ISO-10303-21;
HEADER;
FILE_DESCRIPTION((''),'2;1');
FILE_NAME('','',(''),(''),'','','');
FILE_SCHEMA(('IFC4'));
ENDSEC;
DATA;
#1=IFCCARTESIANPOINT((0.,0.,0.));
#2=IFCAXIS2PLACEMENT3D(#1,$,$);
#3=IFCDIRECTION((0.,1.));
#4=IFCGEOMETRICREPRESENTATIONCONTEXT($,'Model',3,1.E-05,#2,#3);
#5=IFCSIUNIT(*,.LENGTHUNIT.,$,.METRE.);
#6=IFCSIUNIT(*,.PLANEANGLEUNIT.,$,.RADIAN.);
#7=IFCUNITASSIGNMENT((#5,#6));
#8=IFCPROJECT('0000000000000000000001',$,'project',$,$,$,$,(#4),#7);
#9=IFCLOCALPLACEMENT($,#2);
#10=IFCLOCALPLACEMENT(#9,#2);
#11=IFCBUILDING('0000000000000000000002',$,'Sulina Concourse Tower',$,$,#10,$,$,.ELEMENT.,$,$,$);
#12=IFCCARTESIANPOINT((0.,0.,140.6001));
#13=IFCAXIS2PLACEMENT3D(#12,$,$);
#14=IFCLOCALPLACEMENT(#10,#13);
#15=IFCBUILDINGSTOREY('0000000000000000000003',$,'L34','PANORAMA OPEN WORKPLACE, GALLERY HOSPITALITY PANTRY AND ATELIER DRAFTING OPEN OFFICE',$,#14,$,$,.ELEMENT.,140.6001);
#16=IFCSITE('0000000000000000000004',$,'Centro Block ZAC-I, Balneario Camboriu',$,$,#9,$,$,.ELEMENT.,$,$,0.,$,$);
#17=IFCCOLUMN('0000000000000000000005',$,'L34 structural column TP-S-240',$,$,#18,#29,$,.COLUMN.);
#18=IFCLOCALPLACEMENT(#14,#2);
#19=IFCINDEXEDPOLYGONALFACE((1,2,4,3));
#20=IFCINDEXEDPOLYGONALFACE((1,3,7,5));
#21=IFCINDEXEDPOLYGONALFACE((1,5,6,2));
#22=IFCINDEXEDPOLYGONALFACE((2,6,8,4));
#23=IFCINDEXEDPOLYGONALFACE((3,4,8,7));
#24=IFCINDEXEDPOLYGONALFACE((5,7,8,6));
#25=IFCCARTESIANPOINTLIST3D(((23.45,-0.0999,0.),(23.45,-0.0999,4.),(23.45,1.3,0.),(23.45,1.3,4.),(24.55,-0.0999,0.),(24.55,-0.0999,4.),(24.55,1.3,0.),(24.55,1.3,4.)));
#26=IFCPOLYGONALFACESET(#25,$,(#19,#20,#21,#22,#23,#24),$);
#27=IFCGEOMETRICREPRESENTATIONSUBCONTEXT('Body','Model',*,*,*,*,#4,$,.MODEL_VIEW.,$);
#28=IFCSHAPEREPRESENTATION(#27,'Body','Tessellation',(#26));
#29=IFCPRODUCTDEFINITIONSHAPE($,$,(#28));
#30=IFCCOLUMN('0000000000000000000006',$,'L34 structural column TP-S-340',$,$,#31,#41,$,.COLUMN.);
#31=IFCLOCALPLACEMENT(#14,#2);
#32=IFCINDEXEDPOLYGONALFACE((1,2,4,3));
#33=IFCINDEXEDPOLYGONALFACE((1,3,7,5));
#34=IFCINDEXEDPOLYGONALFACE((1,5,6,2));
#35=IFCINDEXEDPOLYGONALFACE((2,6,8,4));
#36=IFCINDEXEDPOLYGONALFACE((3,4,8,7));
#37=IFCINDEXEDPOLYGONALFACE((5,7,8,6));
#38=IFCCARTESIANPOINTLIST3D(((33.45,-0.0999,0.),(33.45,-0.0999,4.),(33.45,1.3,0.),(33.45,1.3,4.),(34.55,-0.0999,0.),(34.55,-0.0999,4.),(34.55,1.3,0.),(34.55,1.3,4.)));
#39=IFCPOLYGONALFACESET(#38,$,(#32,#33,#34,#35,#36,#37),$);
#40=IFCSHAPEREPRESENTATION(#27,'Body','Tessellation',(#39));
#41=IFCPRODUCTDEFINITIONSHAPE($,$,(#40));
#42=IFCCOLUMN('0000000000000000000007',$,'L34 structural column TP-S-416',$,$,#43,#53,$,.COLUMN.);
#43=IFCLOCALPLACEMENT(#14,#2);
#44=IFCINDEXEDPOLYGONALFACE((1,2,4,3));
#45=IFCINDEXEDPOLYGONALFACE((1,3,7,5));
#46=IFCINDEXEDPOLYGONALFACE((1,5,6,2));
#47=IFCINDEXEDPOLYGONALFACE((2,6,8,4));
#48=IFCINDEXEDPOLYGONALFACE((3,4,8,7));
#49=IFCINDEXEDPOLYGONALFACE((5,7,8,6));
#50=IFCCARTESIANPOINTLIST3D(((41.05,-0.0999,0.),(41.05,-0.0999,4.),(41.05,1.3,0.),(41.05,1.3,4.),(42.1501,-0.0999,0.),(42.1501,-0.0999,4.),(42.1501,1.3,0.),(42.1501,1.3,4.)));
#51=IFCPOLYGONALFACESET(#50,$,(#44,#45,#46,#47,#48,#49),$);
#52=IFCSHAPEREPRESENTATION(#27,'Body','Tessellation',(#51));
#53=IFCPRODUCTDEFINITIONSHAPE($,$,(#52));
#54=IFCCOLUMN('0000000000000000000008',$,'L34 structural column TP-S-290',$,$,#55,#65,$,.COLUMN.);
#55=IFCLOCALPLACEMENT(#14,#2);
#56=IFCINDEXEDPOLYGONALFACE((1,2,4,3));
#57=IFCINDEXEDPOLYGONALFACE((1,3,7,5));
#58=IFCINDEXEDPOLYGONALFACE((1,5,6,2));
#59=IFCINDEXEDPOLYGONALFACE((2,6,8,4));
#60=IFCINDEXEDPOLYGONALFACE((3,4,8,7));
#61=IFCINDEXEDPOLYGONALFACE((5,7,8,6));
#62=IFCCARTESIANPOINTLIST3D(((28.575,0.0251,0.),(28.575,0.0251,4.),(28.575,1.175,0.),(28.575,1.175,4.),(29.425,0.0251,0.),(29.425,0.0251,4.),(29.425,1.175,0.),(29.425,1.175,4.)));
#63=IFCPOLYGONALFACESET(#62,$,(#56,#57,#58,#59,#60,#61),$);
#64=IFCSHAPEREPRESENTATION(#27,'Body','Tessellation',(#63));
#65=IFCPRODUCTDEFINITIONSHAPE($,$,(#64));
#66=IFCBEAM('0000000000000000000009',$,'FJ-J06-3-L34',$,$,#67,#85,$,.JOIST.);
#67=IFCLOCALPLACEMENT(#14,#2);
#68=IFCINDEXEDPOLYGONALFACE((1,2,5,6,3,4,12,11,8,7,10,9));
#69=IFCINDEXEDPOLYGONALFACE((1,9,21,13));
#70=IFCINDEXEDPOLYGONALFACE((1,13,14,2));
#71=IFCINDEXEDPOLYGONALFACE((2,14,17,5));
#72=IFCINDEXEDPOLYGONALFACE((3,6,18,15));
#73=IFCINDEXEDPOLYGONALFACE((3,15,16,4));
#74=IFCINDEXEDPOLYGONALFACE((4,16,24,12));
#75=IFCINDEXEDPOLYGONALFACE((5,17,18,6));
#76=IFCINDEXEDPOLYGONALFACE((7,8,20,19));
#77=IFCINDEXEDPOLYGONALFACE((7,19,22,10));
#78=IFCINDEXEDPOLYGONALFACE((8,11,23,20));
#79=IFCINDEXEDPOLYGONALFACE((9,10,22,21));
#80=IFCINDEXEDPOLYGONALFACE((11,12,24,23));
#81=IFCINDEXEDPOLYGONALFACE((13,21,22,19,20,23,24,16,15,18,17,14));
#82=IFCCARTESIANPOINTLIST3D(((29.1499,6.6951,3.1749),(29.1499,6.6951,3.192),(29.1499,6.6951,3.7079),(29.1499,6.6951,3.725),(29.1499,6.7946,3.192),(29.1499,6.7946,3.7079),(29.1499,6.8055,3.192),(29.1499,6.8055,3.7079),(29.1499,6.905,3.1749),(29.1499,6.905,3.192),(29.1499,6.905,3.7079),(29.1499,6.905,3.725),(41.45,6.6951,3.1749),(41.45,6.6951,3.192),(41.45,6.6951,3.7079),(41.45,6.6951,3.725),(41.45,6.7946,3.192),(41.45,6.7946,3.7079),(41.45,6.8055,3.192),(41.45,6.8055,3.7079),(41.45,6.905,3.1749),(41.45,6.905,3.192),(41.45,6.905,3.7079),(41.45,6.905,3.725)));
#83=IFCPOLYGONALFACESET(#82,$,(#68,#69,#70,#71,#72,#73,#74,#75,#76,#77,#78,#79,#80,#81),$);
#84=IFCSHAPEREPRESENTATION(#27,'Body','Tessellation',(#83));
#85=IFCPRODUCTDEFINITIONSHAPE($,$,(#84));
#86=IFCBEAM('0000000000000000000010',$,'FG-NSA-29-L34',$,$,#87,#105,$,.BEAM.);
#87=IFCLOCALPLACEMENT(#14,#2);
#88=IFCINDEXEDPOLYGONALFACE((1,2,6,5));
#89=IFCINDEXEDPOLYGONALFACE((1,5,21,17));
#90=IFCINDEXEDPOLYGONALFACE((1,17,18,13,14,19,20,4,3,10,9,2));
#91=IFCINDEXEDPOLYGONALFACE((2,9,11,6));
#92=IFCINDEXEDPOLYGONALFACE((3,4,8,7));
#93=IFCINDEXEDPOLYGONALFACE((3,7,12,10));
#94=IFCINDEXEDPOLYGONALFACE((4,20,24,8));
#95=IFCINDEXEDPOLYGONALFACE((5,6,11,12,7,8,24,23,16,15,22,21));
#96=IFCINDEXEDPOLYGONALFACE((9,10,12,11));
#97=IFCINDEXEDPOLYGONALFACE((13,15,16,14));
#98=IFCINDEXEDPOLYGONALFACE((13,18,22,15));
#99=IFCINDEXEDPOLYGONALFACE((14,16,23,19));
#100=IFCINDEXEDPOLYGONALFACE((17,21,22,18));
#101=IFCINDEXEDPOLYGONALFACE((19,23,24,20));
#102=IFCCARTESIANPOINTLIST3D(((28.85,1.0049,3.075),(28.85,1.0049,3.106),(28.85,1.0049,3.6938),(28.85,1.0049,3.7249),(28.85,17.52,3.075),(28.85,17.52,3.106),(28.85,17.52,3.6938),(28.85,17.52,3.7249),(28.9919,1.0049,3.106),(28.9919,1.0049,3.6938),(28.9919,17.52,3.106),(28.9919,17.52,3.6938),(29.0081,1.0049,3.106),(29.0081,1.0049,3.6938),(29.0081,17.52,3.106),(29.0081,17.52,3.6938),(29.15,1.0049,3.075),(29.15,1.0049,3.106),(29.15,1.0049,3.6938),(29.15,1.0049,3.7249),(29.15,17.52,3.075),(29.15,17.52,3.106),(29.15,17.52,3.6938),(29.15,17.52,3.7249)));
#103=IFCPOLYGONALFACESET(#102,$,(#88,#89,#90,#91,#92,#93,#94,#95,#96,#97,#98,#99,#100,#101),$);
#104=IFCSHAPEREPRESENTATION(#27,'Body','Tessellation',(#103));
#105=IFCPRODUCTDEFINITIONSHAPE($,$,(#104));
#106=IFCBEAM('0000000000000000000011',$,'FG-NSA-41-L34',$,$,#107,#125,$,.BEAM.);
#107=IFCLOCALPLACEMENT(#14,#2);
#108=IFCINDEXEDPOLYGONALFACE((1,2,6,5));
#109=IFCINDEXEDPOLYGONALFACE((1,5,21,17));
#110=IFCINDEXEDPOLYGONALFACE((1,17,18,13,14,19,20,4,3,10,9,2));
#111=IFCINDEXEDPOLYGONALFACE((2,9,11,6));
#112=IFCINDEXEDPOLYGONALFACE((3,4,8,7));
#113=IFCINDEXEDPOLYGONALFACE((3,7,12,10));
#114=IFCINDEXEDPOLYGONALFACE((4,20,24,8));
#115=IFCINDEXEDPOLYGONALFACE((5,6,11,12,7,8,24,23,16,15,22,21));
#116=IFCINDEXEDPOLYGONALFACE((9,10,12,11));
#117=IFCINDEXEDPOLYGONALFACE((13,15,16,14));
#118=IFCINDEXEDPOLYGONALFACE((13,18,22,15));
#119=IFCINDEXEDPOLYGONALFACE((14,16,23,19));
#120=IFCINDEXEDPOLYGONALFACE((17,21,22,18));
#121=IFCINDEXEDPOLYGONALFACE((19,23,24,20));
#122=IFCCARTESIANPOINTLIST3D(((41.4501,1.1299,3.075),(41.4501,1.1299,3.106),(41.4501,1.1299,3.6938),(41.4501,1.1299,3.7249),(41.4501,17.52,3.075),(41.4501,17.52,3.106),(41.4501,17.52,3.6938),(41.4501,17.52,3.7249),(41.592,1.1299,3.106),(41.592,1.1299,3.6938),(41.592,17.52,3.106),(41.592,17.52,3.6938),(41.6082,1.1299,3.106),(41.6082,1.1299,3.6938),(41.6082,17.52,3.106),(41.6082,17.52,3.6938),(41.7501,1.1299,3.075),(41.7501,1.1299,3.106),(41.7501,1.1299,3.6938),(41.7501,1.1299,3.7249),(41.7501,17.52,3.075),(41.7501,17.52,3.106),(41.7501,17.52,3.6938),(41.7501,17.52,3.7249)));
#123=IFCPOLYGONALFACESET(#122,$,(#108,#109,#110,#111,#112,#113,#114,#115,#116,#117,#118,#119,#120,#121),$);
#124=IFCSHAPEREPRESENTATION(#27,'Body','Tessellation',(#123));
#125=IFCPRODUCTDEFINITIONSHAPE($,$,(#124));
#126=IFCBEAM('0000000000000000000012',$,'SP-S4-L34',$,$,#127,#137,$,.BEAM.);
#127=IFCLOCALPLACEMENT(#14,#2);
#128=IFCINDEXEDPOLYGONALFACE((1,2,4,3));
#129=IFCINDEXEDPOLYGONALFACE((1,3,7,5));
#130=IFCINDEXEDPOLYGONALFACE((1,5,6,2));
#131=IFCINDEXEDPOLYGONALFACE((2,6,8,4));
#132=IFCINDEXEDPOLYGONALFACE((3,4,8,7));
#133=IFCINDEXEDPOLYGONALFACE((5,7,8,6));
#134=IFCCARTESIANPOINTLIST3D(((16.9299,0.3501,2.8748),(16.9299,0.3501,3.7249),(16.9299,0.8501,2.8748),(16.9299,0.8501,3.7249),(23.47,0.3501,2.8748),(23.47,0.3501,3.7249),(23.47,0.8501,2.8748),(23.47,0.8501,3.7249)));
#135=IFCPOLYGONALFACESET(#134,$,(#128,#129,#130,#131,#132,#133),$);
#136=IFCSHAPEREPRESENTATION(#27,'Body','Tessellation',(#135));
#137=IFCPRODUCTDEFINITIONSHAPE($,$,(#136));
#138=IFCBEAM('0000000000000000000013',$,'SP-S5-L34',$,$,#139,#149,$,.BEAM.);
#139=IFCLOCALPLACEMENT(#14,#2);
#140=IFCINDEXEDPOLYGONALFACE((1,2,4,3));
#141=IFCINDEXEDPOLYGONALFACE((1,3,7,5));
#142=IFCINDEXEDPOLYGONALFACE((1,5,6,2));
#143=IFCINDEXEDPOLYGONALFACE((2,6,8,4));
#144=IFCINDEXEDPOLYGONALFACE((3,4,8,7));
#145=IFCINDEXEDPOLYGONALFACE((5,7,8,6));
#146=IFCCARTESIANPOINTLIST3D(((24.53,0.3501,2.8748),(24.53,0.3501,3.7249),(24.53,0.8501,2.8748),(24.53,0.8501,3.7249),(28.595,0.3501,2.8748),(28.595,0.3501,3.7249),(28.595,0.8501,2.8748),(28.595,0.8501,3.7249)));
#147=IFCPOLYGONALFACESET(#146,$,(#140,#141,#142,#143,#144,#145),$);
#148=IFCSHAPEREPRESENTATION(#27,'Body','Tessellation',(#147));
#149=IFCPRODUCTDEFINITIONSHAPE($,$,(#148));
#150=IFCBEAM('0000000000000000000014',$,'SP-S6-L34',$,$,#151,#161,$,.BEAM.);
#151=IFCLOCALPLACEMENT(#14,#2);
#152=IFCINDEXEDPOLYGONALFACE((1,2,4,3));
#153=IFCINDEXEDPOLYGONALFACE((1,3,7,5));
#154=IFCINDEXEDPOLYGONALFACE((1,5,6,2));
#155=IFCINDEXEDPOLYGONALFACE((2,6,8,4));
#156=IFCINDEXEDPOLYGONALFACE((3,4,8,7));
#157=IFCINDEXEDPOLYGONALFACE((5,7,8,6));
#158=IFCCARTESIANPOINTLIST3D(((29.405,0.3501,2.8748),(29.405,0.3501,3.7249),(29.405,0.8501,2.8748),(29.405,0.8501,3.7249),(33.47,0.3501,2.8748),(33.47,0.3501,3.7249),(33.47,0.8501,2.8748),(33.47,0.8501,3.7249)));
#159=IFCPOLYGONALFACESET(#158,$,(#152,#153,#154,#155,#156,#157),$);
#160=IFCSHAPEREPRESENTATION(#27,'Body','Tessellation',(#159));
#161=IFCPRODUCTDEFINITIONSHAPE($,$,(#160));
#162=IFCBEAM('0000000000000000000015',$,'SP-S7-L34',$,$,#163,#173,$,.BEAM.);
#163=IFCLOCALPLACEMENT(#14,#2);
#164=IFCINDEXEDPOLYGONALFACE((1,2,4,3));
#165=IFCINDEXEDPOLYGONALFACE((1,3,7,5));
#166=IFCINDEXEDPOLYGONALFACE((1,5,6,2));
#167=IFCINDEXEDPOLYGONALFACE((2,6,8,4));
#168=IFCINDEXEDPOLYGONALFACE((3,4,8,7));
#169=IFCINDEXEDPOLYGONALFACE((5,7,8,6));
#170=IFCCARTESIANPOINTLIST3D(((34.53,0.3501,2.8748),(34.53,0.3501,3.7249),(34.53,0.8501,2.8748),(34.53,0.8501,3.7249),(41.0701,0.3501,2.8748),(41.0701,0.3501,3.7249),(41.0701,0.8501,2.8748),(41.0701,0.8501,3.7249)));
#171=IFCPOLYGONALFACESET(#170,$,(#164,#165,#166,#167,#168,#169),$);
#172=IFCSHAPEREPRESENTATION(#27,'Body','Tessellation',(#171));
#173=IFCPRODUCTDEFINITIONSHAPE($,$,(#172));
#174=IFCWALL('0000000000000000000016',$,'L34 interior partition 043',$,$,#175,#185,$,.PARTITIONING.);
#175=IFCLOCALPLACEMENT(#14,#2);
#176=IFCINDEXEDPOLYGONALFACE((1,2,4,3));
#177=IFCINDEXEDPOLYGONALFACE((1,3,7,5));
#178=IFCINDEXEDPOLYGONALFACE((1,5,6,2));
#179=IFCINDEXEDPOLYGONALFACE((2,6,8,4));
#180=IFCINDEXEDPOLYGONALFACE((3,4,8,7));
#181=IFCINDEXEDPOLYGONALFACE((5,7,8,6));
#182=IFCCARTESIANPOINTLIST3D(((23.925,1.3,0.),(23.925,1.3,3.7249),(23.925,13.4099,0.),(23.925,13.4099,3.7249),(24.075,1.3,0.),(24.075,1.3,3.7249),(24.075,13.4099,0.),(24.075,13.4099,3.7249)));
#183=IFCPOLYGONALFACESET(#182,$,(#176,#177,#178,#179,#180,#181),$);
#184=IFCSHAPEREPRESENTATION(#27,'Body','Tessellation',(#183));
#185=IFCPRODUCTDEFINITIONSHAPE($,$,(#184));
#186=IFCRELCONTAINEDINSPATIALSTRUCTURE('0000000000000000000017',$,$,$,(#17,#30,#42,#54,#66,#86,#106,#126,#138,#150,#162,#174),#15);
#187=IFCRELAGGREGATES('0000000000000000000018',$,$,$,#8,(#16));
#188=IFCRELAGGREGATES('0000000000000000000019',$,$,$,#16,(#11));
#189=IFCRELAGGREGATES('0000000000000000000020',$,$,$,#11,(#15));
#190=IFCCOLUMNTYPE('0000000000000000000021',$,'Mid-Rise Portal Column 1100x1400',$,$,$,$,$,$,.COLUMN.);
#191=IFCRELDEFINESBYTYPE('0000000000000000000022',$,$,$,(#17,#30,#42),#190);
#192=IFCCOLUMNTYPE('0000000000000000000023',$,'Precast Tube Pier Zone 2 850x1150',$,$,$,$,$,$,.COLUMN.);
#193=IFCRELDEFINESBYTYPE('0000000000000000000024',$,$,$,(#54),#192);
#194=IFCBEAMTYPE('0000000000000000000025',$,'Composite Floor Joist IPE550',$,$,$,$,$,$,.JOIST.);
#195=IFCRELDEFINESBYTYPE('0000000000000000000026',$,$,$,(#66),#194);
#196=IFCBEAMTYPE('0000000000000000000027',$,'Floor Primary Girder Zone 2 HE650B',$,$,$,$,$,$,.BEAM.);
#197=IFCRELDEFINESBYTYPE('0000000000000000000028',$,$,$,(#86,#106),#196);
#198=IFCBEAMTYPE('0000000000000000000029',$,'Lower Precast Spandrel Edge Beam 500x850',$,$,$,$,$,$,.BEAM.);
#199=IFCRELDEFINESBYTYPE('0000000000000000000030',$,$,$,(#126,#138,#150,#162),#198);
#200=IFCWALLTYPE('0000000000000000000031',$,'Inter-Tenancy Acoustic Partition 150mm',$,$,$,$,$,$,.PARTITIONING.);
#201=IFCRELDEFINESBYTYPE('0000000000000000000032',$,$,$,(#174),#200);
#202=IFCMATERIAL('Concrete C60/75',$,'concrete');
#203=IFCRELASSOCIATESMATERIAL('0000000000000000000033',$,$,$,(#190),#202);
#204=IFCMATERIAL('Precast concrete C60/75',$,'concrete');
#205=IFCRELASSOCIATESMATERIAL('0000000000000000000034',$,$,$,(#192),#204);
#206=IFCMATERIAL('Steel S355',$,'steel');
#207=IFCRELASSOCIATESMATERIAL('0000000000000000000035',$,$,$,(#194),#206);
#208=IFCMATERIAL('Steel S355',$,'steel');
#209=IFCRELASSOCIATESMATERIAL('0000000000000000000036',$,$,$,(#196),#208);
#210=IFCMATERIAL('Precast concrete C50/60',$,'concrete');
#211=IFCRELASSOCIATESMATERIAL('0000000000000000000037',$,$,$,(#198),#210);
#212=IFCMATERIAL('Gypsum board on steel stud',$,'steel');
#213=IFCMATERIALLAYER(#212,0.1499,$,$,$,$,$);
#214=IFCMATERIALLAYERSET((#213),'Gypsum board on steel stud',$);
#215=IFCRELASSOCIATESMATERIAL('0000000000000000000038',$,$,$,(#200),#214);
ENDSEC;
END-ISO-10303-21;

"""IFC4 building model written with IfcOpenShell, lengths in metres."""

from ifc_helpers import new_model, si_unit, direction, frame, frame_2d, origin, origin_2d, place, context, subcontext, project, spatial, rectangle, i_section, extrude, material, layer, layer_set, material_profile, profile_set, type_object, element, save


model = new_model("IFC4")

# Units and contexts
model_context = context("Model", 3, precision=1e-05, world=origin(), true_north=direction((0.0, 1.0)))
body_context = subcontext(model_context, "Body", "Model", "MODEL_VIEW")
ifc_project = project(units=[si_unit("LENGTHUNIT", "METRE"), si_unit("PLANEANGLEUNIT", "RADIAN")], contexts=[model_context])

# Site, building, storey
site_placement = place(None, origin())
site = spatial("IfcSite", under=ifc_project, at=site_placement, Name="Centro Block ZAC-I, Balneario Camboriu", CompositionType="ELEMENT", RefElevation=0.0)
building_placement = place(site_placement, origin())
building = spatial("IfcBuilding", under=site, at=building_placement, Name="Sulina Concourse Tower", CompositionType="ELEMENT")
storey_placement = place(building_placement, frame((0.0, 0.0, 140.6001)))
storey = spatial("IfcBuildingStorey", under=building, at=storey_placement, Name="L34", Description="PANORAMA OPEN WORKPLACE, GALLERY HOSPITALITY PANTRY AND ATELIER DRAFTING OPEN OFFICE", CompositionType="ELEMENT", Elevation=140.6001)

# Columns
ifc_material_1 = material(Name="Concrete C60/75", Category="concrete")
ifc_material_profile_1 = material_profile(ifc_material_1, rectangle(XDim=1.1001, YDim=1.3999, at=origin_2d()), Name="RC 1100x1400")
ifc_profile_set_1 = profile_set([ifc_material_profile_1], Name="Concrete C60/75")
column_type_1 = type_object("IfcColumnType", Name="Mid-Rise Portal Column 1100x1400", PredefinedType="COLUMN", material=ifc_profile_set_1)
for number, where, z_axis, x_axis, name in (
    (1, (24.0, 0.6001, 0.0), (0.0, 0.0, 1.0), (1.0, 0.0, 0.0), "L34 structural column TP-S-240"),
    (2, (34.0, 0.6001, 0.0), (0.0, 0.0, 1.0), (1.0, 0.0, 0.0), "L34 structural column TP-S-340"),
    (3, (41.6001, 0.6001, 0.0), (0.0, 0.0, 1.0), (1.0, 0.0, 0.0), "L34 structural column TP-S-416"),
):
    element("IfcColumn", number, at=place(storey_placement, frame(where, z_axis=z_axis, x_axis=x_axis)), inside=storey, type_object=column_type_1, Name=name, PredefinedType="COLUMN", context=body_context, shape_type="SweptSolid", body=[
        extrude(rectangle(XDim=1.1001, YDim=1.3999, at=origin_2d()), origin(), (0.0, 0.0, 1.0), 4.0),
    ])
ifc_material_2 = material(Name="Precast concrete C60/75", Category="concrete")
ifc_material_profile_2 = material_profile(ifc_material_2, rectangle(XDim=0.8501, YDim=1.1499, at=origin_2d()), Name="PC 850x1150")
ifc_profile_set_2 = profile_set([ifc_material_profile_2], Name="Precast concrete C60/75")
column_type_2 = type_object("IfcColumnType", Name="Precast Tube Pier Zone 2 850x1150", PredefinedType="COLUMN", material=ifc_profile_set_2)
column_placement = place(storey_placement, frame((29.0, 0.6001, 0.0), z_axis=(0.0, 0.0, 1.0), x_axis=(1.0, 0.0, 0.0)))
element("IfcColumn", 4, at=column_placement, inside=storey, type_object=column_type_2, Name="L34 structural column TP-S-290", PredefinedType="COLUMN", context=body_context, shape_type="SweptSolid", body=[
    extrude(rectangle(XDim=0.8501, YDim=1.1499, at=origin_2d()), origin(), (0.0, 0.0, 1.0), 4.0),
])

# Beams
ifc_material_3 = material(Name="Steel S355", Category="steel")
ifc_material_profile_3 = material_profile(ifc_material_3, i_section(OverallWidth=0.21, OverallDepth=0.55, WebThickness=0.011, FlangeThickness=0.0171, at=origin_2d()), Name="IPE 550")
ifc_profile_set_3 = profile_set([ifc_material_profile_3], Name="Steel S355")
beam_type_1 = type_object("IfcBeamType", Name="Composite Floor Joist IPE550", PredefinedType="JOIST", material=ifc_profile_set_3)
beam_1_placement = place(storey_placement, frame((29.1499, 6.8, 3.45), z_axis=(1.0, 0.0, 0.0), x_axis=(0.0, 1.0, 0.0)))
element("IfcBeam", 5, at=beam_1_placement, inside=storey, type_object=beam_type_1, Name="FJ-J06-3-L34", PredefinedType="JOIST", context=body_context, shape_type="SweptSolid", body=[
    extrude(i_section(OverallWidth=0.21, OverallDepth=0.55, WebThickness=0.011, FlangeThickness=0.0171, at=origin_2d()), origin(), (0.0, 0.0, 1.0), 12.3),
])
ifc_material_4 = material(Name="Steel S355", Category="steel")
ifc_material_profile_4 = material_profile(ifc_material_4, i_section(OverallWidth=0.3, OverallDepth=0.6499, WebThickness=0.0161, FlangeThickness=0.031, at=origin_2d()), Name="HE 650 B")
ifc_profile_set_4 = profile_set([ifc_material_profile_4], Name="Steel S355")
beam_type_2 = type_object("IfcBeamType", Name="Floor Primary Girder Zone 2 HE650B", PredefinedType="BEAM", material=ifc_profile_set_4)
beam_2_placement = place(storey_placement, frame((29.0, 1.0049, 3.3999), z_axis=(0.0, 1.0, 0.0), x_axis=(-1.0, 0.0, 0.0)))
element("IfcBeam", 6, at=beam_2_placement, inside=storey, type_object=beam_type_2, Name="FG-NSA-29-L34", PredefinedType="BEAM", context=body_context, shape_type="SweptSolid", body=[
    extrude(i_section(OverallWidth=0.3, OverallDepth=0.6499, WebThickness=0.0161, FlangeThickness=0.031, at=origin_2d()), origin(), (0.0, 0.0, 1.0), 16.5151),
])
beam_3_placement = place(storey_placement, frame((41.6001, 1.1299, 3.3999), z_axis=(0.0, 1.0, 0.0), x_axis=(-1.0, 0.0, 0.0)))
element("IfcBeam", 7, at=beam_3_placement, inside=storey, type_object=beam_type_2, Name="FG-NSA-41-L34", PredefinedType="BEAM", context=body_context, shape_type="SweptSolid", body=[
    extrude(i_section(OverallWidth=0.3, OverallDepth=0.6499, WebThickness=0.0161, FlangeThickness=0.031, at=origin_2d()), origin(), (0.0, 0.0, 1.0), 16.3901),
])
ifc_material_5 = material(Name="Precast concrete C50/60", Category="concrete")
ifc_material_profile_5 = material_profile(ifc_material_5, rectangle(XDim=0.5, YDim=0.8501, at=origin_2d()), Name="RC 500x850")
ifc_profile_set_5 = profile_set([ifc_material_profile_5], Name="Precast concrete C50/60")
beam_type_3 = type_object("IfcBeamType", Name="Lower Precast Spandrel Edge Beam 500x850", PredefinedType="BEAM", material=ifc_profile_set_5)
beam_4_placement = place(storey_placement, frame((16.9299, 0.6001, 3.2998), z_axis=(1.0, 0.0, 0.0), x_axis=(0.0, 1.0, 0.0)))
element("IfcBeam", 8, at=beam_4_placement, inside=storey, type_object=beam_type_3, Name="SP-S4-L34", PredefinedType="BEAM", context=body_context, shape_type="SweptSolid", body=[
    extrude(rectangle(XDim=0.5, YDim=0.8501, at=origin_2d()), origin(), (0.0, 0.0, 1.0), 6.54),
])
for number, where, z_axis, x_axis, name in (
    (9, (24.53, 0.6001, 3.2998), (1.0, 0.0, 0.0), (0.0, 1.0, 0.0), "SP-S5-L34"),
    (10, (29.405, 0.6001, 3.2998), (1.0, 0.0, 0.0), (0.0, 1.0, 0.0), "SP-S6-L34"),
):
    element("IfcBeam", number, at=place(storey_placement, frame(where, z_axis=z_axis, x_axis=x_axis)), inside=storey, type_object=beam_type_3, Name=name, PredefinedType="BEAM", context=body_context, shape_type="SweptSolid", body=[
        extrude(rectangle(XDim=0.5, YDim=0.8501, at=origin_2d()), origin(), (0.0, 0.0, 1.0), 4.0649),
    ])
beam_5_placement = place(storey_placement, frame((34.53, 0.6001, 3.2998), z_axis=(1.0, 0.0, 0.0), x_axis=(0.0, 1.0, 0.0)))
element("IfcBeam", 11, at=beam_5_placement, inside=storey, type_object=beam_type_3, Name="SP-S7-L34", PredefinedType="BEAM", context=body_context, shape_type="SweptSolid", body=[
    extrude(rectangle(XDim=0.5, YDim=0.8501, at=origin_2d()), origin(), (0.0, 0.0, 1.0), 6.54),
])

# Wall
ifc_material_6 = material(Name="Gypsum board on steel stud", Category="steel")
ifc_layer_1 = layer(ifc_material_6, 0.1499)
ifc_layer_set_1 = layer_set([ifc_layer_1], Name="Gypsum board on steel stud")
wall_type_1 = type_object("IfcWallType", Name="Inter-Tenancy Acoustic Partition 150mm", PredefinedType="PARTITIONING", material=ifc_layer_set_1)
for number, where, z_axis, x_axis, name in (
    (12, (24.0, 1.3, 0.0), (0.0, 0.0, 1.0), (0.0, 1.0, 0.0), "L34 interior partition 043"),
):
    element("IfcWall", number, at=place(storey_placement, frame(where, z_axis=z_axis, x_axis=x_axis)), inside=storey, type_object=wall_type_1, Name=name, PredefinedType="PARTITIONING", context=body_context, shape_type="SweptSolid", body=[
        extrude(rectangle(XDim=12.1099, YDim=0.1499, at=frame_2d((6.0549, 0.0))), origin(), (0.0, 0.0, 1.0), 3.7249),
    ])

save(model, "model.ifc")
